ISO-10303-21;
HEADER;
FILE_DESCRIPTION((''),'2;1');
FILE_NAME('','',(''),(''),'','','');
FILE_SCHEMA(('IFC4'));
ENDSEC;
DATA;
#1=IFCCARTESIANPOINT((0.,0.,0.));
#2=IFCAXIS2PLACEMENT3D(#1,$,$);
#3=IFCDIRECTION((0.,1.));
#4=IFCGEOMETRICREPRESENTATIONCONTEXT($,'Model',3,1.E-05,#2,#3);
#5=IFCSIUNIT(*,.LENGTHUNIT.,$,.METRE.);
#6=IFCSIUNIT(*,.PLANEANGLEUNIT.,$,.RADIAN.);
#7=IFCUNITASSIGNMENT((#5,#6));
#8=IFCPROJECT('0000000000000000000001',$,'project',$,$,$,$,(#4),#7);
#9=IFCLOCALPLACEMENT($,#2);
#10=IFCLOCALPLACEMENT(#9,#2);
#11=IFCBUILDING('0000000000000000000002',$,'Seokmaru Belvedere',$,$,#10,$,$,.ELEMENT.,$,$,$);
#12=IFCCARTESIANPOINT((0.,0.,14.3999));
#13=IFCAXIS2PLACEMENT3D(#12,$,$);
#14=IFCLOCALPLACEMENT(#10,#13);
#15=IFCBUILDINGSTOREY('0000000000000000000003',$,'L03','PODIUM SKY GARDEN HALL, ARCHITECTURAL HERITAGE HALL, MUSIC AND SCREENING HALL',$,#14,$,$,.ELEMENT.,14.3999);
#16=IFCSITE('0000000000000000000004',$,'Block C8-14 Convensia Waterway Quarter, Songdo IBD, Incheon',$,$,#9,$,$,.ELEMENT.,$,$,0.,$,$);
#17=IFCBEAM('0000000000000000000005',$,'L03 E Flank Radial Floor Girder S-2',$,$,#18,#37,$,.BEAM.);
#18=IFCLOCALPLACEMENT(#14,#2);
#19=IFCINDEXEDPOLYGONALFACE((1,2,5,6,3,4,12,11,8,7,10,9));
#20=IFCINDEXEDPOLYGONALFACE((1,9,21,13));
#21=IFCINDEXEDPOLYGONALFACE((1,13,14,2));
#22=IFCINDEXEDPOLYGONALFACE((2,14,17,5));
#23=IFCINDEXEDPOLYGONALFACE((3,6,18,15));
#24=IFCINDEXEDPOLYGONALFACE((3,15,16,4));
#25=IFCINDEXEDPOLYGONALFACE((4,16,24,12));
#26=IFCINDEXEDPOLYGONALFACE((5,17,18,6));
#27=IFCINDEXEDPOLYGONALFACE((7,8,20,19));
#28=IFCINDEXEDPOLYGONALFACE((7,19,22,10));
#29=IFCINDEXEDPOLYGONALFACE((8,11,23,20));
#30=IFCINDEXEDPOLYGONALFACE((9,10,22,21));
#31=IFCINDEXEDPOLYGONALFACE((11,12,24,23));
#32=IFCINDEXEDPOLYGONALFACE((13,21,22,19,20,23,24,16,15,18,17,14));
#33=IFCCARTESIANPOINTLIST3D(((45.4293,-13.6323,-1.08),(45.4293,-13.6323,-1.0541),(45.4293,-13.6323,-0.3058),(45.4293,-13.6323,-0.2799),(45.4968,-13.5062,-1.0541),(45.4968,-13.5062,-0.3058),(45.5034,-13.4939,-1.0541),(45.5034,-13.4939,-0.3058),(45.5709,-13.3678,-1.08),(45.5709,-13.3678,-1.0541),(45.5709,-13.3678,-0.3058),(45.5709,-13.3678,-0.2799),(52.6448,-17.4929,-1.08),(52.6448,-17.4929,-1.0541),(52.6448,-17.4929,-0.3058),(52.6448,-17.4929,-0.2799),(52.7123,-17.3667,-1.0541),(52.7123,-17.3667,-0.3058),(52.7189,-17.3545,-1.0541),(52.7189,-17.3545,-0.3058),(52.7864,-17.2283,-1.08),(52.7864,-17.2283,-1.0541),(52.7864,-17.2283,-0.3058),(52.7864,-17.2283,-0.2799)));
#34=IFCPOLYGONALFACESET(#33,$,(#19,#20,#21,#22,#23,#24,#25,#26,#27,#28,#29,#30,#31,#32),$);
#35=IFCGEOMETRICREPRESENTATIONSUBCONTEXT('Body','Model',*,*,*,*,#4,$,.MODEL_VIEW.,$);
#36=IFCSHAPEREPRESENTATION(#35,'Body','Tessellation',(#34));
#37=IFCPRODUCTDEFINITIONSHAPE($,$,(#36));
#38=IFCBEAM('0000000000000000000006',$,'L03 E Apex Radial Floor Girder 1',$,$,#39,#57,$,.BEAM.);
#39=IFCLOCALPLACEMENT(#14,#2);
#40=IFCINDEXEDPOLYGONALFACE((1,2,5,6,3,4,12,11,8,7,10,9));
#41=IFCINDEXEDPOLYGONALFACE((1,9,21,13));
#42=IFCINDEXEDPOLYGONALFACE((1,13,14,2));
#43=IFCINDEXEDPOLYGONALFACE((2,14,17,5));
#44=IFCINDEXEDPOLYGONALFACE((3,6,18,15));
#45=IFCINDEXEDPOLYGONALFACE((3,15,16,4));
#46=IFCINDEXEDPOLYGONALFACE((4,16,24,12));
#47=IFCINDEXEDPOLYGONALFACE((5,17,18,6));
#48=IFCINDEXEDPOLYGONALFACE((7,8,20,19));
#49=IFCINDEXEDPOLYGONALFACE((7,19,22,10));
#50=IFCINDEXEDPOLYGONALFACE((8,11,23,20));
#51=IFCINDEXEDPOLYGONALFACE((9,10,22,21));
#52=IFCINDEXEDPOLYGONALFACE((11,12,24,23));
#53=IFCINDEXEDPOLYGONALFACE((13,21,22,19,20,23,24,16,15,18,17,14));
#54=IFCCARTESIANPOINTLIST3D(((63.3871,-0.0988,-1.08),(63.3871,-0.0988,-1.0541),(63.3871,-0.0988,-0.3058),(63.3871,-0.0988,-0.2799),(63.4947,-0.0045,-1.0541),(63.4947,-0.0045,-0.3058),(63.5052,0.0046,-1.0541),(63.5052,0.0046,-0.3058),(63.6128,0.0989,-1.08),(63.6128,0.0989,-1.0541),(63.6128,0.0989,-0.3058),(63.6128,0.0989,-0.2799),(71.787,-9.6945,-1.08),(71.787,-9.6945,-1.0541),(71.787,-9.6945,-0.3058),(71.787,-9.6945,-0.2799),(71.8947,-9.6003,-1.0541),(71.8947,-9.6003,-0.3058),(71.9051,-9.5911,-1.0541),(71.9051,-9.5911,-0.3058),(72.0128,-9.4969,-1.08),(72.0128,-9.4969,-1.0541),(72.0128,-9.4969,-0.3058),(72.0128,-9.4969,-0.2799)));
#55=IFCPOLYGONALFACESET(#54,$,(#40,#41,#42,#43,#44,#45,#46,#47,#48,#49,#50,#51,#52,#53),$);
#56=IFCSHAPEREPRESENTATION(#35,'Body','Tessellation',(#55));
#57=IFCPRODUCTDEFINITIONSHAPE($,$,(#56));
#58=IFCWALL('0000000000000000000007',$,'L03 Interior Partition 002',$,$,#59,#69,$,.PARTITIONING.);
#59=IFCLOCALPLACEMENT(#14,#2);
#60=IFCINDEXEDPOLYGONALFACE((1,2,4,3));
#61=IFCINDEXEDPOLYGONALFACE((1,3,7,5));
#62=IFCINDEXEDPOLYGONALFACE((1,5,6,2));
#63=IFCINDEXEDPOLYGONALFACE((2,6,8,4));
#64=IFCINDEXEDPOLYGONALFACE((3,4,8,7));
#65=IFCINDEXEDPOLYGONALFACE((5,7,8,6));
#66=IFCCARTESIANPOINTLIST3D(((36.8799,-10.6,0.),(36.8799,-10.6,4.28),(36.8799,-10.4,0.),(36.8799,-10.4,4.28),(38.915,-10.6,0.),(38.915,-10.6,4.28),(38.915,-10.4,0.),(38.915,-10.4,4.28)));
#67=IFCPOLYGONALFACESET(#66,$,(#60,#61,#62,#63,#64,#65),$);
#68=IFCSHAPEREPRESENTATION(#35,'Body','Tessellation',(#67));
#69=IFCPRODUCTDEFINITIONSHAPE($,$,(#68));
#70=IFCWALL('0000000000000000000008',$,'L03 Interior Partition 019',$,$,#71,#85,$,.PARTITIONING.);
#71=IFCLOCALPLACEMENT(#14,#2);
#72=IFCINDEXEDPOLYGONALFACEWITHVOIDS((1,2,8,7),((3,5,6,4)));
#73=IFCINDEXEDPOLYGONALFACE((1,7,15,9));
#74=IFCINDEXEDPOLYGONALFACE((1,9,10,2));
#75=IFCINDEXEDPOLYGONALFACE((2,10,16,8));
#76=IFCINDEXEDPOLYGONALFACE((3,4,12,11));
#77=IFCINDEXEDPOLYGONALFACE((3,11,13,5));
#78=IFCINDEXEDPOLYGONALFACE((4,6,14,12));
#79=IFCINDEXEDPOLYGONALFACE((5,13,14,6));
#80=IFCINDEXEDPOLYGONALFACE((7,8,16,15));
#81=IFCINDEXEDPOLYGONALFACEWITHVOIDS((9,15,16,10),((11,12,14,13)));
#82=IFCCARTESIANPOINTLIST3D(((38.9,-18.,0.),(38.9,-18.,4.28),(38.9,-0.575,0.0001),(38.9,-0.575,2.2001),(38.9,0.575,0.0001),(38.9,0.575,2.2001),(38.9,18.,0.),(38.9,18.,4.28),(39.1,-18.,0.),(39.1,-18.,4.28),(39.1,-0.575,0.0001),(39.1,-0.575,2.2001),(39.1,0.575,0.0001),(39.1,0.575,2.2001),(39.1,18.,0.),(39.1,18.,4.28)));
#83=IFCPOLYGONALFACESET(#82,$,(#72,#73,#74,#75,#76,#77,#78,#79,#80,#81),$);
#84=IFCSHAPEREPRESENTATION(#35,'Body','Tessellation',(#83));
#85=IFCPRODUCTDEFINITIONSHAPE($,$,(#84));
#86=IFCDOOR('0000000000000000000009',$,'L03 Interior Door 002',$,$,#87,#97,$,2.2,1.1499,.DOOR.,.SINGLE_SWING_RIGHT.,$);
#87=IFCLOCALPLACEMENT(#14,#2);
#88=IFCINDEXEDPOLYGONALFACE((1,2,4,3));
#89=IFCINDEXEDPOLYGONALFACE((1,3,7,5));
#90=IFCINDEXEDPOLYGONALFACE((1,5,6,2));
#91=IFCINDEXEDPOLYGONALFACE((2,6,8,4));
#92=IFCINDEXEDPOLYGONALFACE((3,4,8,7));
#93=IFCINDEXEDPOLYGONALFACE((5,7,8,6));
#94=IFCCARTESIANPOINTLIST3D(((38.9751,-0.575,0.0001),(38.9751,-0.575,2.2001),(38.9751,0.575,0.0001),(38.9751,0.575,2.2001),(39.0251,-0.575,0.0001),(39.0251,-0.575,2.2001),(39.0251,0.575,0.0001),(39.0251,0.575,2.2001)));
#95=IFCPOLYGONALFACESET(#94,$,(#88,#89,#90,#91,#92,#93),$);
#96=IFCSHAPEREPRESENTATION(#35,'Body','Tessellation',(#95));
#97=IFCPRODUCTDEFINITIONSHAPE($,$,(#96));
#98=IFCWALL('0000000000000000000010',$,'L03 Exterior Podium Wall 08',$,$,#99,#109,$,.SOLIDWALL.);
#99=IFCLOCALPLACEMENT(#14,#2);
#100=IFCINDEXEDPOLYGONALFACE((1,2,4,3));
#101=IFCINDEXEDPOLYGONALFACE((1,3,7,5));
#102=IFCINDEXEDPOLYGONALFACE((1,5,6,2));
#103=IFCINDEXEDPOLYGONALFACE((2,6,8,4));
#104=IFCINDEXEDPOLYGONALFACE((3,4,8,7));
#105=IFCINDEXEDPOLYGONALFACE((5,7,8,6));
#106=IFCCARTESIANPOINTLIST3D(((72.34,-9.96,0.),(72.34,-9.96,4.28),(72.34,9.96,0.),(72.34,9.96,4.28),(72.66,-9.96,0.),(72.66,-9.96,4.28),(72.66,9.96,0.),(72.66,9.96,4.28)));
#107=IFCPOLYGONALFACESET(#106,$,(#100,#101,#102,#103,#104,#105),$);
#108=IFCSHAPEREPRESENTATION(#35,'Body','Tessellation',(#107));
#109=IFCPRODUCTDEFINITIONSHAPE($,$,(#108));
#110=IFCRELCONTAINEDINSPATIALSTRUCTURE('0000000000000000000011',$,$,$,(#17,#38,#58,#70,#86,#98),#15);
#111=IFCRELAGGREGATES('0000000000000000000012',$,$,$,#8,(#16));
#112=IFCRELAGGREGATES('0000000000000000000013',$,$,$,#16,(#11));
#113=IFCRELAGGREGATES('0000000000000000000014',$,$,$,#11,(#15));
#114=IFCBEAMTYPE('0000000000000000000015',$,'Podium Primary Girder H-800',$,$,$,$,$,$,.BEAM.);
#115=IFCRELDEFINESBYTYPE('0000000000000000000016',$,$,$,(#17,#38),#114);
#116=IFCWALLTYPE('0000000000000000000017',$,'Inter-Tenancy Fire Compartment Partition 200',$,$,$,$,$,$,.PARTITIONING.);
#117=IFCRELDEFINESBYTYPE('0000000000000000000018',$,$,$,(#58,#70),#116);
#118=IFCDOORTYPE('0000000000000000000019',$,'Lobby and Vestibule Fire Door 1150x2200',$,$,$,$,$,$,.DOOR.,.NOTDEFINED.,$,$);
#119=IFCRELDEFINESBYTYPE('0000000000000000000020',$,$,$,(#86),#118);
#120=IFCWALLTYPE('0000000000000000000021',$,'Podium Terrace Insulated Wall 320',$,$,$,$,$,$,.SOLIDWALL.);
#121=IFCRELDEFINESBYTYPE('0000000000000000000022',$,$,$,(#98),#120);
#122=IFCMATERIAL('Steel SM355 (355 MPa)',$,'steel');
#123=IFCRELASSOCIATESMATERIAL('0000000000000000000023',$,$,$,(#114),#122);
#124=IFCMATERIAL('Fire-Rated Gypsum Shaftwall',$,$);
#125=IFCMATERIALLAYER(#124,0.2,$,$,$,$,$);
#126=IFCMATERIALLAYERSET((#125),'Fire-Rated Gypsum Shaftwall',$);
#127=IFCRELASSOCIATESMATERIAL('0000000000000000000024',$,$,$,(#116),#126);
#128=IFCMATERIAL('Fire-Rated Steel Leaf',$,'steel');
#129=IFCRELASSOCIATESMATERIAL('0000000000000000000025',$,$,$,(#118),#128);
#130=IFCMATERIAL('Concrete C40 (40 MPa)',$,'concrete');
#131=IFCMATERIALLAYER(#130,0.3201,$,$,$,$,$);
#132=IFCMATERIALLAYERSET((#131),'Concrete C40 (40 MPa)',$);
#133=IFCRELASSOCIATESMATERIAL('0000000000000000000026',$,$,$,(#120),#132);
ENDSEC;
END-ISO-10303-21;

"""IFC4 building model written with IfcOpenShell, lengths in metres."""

from ifc_helpers import new_model, si_unit, direction, frame, frame_2d, origin, origin_2d, place, context, subcontext, project, spatial, rectangle, i_section, extrude, source, transform, mapped, material, layer, layer_set, material_profile, profile_set, type_object, type_shapes, element, fill, save


model = new_model("IFC4")

# Units and contexts
model_context = context("Model", 3, precision=1e-05, world=origin(), true_north=direction((0.0, 1.0)))
body_context = subcontext(model_context, "Body", "Model", "MODEL_VIEW")
ifc_project = project(units=[si_unit("LENGTHUNIT", "METRE"), si_unit("PLANEANGLEUNIT", "RADIAN")], contexts=[model_context])

# Site, building, storey
site_placement = place(None, origin())
site = spatial("IfcSite", under=ifc_project, at=site_placement, Name="Block C8-14 Convensia Waterway Quarter, Songdo IBD, Incheon", CompositionType="ELEMENT", RefElevation=0.0)
building_placement = place(site_placement, origin())
building = spatial("IfcBuilding", under=site, at=building_placement, Name="Seokmaru Belvedere", CompositionType="ELEMENT")
storey_placement = place(building_placement, frame((0.0, 0.0, 14.3999)))
storey = spatial("IfcBuildingStorey", under=building, at=storey_placement, Name="L03", Description="PODIUM SKY GARDEN HALL, ARCHITECTURAL HERITAGE HALL, MUSIC AND SCREENING HALL", CompositionType="ELEMENT", Elevation=14.3999)

# Shared definitions
ifc_material_1 = material(Name="Steel SM355 (355 MPa)", Category="steel")

# Beams
ifc_material_profile_1 = material_profile(ifc_material_1, i_section(OverallWidth=0.3, OverallDepth=0.8, WebThickness=0.0139, FlangeThickness=0.0259, at=origin_2d()), Name="H-800x300x14x26")
ifc_profile_set_1 = profile_set([ifc_material_profile_1], Name="Steel SM355 (355 MPa)")
beam_type_1 = type_object("IfcBeamType", Name="Podium Primary Girder H-800", PredefinedType="BEAM", material=ifc_profile_set_1)
shared_shape_1 = source(origin(), body_context, "Body", "SweptSolid", [
    extrude(i_section(OverallWidth=0.3, OverallDepth=0.8, WebThickness=0.0139, FlangeThickness=0.0259, at=origin_2d()), origin(), (0.0, 0.0, 1.0), 8.1833),
])
beam_1_placement = place(storey_placement, frame((52.7156, -17.3606, -0.6799), z_axis=(-0.881729, 0.471757, 0.0), x_axis=(-0.471757, -0.881729, 0.0)))
element("IfcBeam", 1, at=beam_1_placement, inside=storey, type_object=beam_type_1, Name="L03 E Flank Radial Floor Girder S-2", PredefinedType="BEAM", context=body_context, shape_type="MappedRepresentation", body=[
    mapped(shared_shape_1, transform((0.0, 0.0, 0.0), scale=1.0)),
])
shared_shape_2 = source(origin(), body_context, "Body", "SweptSolid", [
    extrude(i_section(OverallWidth=0.3, OverallDepth=0.8, WebThickness=0.0139, FlangeThickness=0.0259, at=origin_2d()), origin(), (0.0, 0.0, 1.0), 12.7529),
])
beam_2_placement = place(storey_placement, frame((71.8999, -9.5957, -0.6799), z_axis=(-0.658667, 0.752434, 0.0), x_axis=(-0.752434, -0.658667, 0.0)))
element("IfcBeam", 2, at=beam_2_placement, inside=storey, type_object=beam_type_1, Name="L03 E Apex Radial Floor Girder 1", PredefinedType="BEAM", context=body_context, shape_type="MappedRepresentation", body=[
    mapped(shared_shape_2, transform((0.0, 0.0, 0.0), scale=1.0)),
])

# Wall
ifc_material_2 = material(Name="Fire-Rated Gypsum Shaftwall")
ifc_layer_1 = layer(ifc_material_2, 0.2)
ifc_layer_set_1 = layer_set([ifc_layer_1], Name="Fire-Rated Gypsum Shaftwall")
wall_type_1 = type_object("IfcWallType", Name="Inter-Tenancy Fire Compartment Partition 200", PredefinedType="PARTITIONING", material=ifc_layer_set_1)
wall_1_placement = place(storey_placement, frame((36.8799, -10.5, 0.0), z_axis=(0.0, 0.0, 1.0), x_axis=(1.0, 0.0, 0.0)))
element("IfcWall", 3, at=wall_1_placement, inside=storey, type_object=wall_type_1, Name="L03 Interior Partition 002", PredefinedType="PARTITIONING", context=body_context, shape_type="SweptSolid", body=[
    extrude(rectangle(XDim=2.0352, YDim=0.2, at=frame_2d((1.0176, 0.0))), origin(), (0.0, 0.0, 1.0), 4.28),
])

# Wall, opening, door
wall_2_placement = place(storey_placement, frame((39.0, -18.0, 0.0), z_axis=(0.0, 0.0, 1.0), x_axis=(0.0, 1.0, 0.0)))
wall_2 = element("IfcWall", 4, at=wall_2_placement, inside=storey, type_object=wall_type_1, Name="L03 Interior Partition 019", PredefinedType="PARTITIONING", context=body_context, shape_type="SweptSolid", body=[
    extrude(rectangle(XDim=36.0, YDim=0.2, at=frame_2d((18.0, 0.0))), origin(), (0.0, 0.0, 1.0), 4.28),
])
opening_1_placement = place(wall_2_placement, frame((17.425, 0.0, 0.0)))
opening_1 = element("IfcOpeningElement", 5, at=opening_1_placement, cuts=wall_2, PredefinedType="OPENING", context=body_context, shape_type="SweptSolid", body=[
    extrude(rectangle(XDim=1.1499, YDim=2.2, at=frame_2d((0.575, 1.1001))), frame((0.0, 0.1099, 0.0), z_axis=(0.0, -1.0, 0.0), x_axis=(1.0, 0.0, 0.0)), (0.0, 0.0, 1.0), 0.22),
])
ifc_material_3 = material(Name="Fire-Rated Steel Leaf", Category="steel")
door_type_1 = type_object("IfcDoorType", Name="Lobby and Vestibule Fire Door 1150x2200", OperationType="NOTDEFINED", PredefinedType="DOOR", material=ifc_material_3)
shared_shape_3 = source(origin(), body_context, "Body", "SweptSolid", [
    extrude(rectangle(XDim=1.1499, YDim=2.2, at=frame_2d((0.575, 1.1001))), frame((0.0, 0.0249, 0.0), z_axis=(0.0, -1.0, 0.0), x_axis=(1.0, 0.0, 0.0)), (0.0, 0.0, 1.0), 0.05),
])
type_shapes(door_type_1, [shared_shape_3])
door_1_placement = place(opening_1_placement, origin())
door_1 = element("IfcDoor", 6, at=door_1_placement, inside=storey, type_object=door_type_1, Name="L03 Interior Door 002", OperationType="SINGLE_SWING_RIGHT", OverallHeight=2.2, OverallWidth=1.1499, PredefinedType="DOOR", context=body_context, shape_type="MappedRepresentation", body=[
    mapped(shared_shape_3, transform((0.0, 0.0, 0.0), scale=1.0)),
])
fill(opening_1, door_1)

# Wall
ifc_material_4 = material(Name="Concrete C40 (40 MPa)", Category="concrete")
ifc_layer_2 = layer(ifc_material_4, 0.3201)
ifc_layer_set_2 = layer_set([ifc_layer_2], Name="Concrete C40 (40 MPa)")
wall_type_2 = type_object("IfcWallType", Name="Podium Terrace Insulated Wall 320", PredefinedType="SOLIDWALL", material=ifc_layer_set_2)
wall_3_placement = place(storey_placement, frame((72.5, -9.96, 0.0), z_axis=(0.0, 0.0, 1.0), x_axis=(0.0, 1.0, 0.0)))
element("IfcWall", 7, at=wall_3_placement, inside=storey, type_object=wall_type_2, Name="L03 Exterior Podium Wall 08", PredefinedType="SOLIDWALL", context=body_context, shape_type="SweptSolid", body=[
    extrude(rectangle(XDim=19.9199, YDim=0.3201, at=frame_2d((9.96, 0.0))), origin(), (0.0, 0.0, 1.0), 4.28),
])

save(model, "model.ifc")
